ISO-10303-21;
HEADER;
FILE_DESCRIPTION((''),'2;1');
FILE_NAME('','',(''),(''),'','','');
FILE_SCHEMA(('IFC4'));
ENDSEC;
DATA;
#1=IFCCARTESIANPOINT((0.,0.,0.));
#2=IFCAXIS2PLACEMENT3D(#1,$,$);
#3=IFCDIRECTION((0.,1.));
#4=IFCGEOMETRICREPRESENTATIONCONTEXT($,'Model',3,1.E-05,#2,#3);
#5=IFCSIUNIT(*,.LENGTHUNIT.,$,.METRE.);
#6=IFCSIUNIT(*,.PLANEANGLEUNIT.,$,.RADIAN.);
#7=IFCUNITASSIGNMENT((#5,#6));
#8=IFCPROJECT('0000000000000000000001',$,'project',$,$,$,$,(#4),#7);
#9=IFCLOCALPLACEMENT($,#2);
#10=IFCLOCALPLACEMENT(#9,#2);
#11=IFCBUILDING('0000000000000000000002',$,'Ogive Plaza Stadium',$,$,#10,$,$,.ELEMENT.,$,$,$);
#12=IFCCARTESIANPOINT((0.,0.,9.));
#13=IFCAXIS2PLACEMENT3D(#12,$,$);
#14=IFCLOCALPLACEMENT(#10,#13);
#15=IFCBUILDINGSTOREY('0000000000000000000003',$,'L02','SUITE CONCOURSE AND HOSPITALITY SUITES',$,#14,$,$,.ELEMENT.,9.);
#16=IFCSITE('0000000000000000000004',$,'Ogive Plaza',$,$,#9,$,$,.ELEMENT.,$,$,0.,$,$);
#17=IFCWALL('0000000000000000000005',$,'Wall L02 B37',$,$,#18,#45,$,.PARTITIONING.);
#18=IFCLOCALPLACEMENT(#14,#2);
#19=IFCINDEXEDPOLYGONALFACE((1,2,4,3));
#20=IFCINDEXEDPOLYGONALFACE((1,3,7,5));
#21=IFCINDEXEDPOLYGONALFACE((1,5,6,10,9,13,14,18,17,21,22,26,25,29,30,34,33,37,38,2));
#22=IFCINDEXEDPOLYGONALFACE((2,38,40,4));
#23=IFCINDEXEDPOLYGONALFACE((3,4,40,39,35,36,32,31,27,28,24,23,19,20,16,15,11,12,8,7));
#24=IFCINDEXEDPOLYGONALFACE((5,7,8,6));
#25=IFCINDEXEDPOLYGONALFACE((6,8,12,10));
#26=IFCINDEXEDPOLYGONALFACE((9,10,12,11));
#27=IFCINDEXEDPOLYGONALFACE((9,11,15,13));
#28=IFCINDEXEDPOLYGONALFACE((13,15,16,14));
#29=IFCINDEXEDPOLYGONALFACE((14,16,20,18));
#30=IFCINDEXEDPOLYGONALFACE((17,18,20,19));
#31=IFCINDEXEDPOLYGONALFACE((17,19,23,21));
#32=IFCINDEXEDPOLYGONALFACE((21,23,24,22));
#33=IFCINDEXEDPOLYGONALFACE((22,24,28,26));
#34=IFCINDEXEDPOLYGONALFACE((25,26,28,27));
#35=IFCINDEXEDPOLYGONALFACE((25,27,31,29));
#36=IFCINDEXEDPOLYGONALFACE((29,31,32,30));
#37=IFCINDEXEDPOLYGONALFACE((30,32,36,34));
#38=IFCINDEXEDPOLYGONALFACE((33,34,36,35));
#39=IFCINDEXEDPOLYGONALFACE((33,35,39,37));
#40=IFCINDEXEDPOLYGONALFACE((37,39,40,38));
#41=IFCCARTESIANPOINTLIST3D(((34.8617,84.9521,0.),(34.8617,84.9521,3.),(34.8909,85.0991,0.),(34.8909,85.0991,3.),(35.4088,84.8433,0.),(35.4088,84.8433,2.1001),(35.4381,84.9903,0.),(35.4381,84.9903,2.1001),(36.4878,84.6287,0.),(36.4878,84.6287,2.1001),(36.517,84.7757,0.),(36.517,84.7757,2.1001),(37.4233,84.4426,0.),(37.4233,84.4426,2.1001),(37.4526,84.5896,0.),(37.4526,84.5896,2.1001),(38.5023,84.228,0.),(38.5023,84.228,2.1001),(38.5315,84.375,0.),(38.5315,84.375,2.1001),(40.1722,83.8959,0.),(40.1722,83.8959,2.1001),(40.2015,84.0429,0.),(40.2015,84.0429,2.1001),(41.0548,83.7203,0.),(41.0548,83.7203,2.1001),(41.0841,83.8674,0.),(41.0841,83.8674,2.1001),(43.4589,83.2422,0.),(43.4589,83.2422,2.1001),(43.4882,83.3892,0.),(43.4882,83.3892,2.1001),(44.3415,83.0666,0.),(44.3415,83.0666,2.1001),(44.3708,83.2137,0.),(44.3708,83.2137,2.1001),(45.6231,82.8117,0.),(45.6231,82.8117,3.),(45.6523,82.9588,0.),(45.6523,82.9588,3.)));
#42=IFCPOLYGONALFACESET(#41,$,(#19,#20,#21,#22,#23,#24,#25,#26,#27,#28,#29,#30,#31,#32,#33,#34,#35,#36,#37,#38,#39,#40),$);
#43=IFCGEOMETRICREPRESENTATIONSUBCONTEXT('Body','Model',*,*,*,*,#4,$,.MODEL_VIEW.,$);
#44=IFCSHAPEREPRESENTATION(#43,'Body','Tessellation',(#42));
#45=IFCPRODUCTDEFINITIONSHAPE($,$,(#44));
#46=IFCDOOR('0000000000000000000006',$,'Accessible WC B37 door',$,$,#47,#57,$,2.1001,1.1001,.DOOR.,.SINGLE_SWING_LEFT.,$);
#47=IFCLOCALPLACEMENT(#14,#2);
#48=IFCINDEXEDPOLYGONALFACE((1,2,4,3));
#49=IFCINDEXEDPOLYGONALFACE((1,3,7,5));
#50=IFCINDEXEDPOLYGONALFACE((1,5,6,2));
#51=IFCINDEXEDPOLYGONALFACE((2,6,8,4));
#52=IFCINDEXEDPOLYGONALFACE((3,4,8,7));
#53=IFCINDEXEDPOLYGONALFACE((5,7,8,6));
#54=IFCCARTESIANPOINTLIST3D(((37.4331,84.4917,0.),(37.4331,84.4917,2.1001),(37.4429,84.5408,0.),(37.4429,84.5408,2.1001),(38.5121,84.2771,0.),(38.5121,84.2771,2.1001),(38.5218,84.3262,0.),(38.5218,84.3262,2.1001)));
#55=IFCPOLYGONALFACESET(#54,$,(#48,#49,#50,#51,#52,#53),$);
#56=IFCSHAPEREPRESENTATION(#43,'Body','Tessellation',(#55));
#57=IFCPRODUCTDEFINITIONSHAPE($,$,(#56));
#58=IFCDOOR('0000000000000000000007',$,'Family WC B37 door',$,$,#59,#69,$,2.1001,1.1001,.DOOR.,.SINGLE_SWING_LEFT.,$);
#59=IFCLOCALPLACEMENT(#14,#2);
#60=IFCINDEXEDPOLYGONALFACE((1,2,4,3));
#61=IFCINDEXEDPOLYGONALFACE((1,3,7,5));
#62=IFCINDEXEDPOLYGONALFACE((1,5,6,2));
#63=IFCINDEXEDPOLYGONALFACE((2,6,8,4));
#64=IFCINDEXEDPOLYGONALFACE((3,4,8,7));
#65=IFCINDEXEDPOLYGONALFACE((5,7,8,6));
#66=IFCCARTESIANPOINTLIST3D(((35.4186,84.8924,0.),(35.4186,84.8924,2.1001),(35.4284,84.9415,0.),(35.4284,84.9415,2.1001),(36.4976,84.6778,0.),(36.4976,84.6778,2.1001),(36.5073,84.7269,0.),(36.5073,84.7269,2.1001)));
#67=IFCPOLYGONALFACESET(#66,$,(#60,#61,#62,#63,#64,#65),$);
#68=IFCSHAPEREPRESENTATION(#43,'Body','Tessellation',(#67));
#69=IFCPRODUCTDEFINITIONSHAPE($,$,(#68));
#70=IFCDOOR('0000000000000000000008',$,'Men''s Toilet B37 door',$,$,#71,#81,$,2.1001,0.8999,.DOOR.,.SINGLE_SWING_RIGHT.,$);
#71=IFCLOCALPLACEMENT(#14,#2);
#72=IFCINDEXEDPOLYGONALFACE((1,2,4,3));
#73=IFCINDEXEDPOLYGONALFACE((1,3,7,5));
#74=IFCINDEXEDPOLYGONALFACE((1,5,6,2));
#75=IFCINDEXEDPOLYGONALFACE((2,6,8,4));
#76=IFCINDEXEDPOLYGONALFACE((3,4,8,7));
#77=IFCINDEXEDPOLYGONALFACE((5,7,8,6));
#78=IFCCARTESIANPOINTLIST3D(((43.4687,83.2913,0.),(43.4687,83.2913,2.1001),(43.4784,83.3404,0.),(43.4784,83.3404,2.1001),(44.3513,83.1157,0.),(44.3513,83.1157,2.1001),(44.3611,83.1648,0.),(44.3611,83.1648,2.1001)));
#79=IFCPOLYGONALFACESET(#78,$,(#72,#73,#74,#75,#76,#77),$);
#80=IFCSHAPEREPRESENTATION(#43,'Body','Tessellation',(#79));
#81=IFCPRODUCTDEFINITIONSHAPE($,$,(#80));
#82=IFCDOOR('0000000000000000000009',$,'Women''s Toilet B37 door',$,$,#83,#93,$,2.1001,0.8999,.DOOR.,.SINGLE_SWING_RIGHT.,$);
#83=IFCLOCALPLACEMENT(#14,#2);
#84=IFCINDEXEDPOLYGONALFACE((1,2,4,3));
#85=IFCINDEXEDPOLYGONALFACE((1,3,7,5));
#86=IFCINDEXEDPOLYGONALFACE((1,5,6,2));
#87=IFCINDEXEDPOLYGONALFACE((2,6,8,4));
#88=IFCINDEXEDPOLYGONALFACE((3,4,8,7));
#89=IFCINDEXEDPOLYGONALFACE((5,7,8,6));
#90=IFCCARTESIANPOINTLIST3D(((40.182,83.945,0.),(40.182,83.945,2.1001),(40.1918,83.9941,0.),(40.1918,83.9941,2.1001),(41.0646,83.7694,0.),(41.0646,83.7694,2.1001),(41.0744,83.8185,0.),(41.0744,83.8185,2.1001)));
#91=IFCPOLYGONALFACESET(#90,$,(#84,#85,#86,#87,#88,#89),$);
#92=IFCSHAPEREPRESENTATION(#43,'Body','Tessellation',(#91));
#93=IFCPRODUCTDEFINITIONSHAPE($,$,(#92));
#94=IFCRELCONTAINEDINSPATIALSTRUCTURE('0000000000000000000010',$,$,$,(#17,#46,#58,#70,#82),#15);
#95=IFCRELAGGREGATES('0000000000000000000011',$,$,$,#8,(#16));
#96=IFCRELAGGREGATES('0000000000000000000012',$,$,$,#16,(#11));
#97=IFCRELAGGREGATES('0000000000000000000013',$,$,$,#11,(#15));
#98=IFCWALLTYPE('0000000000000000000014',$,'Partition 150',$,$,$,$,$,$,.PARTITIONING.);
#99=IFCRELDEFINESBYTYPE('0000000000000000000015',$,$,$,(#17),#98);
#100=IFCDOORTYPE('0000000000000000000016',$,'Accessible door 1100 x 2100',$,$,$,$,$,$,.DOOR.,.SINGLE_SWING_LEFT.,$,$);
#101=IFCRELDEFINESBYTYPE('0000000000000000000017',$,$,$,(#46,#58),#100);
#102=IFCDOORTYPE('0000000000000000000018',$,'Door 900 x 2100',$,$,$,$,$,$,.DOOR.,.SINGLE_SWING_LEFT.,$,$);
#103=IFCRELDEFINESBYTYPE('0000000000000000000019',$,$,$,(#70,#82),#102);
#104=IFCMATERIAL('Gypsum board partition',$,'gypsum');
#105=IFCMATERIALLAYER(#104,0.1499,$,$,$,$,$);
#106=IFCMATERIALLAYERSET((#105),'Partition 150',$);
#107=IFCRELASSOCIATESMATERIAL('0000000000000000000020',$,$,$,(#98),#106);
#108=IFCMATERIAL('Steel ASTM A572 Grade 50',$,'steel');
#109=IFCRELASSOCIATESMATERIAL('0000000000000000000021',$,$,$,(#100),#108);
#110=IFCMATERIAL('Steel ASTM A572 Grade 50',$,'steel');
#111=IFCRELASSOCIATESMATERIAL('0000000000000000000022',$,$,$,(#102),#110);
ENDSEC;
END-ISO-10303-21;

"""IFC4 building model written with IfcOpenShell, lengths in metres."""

from ifc_helpers import new_model, si_unit, direction, frame, frame_2d, origin, place, context, subcontext, project, spatial, rectangle, extrude, material, layer, layer_set, type_object, element, fill, save


model = new_model("IFC4")

# Units and contexts
model_context = context("Model", 3, precision=1e-05, world=origin(), true_north=direction((0.0, 1.0)))
body_context = subcontext(model_context, "Body", "Model", "MODEL_VIEW")
ifc_project = project(units=[si_unit("LENGTHUNIT", "METRE"), si_unit("PLANEANGLEUNIT", "RADIAN")], contexts=[model_context])

# Site, building, storey
site_placement = place(None, origin())
site = spatial("IfcSite", under=ifc_project, at=site_placement, Name="Ogive Plaza", CompositionType="ELEMENT", RefElevation=0.0)
building_placement = place(site_placement, origin())
building = spatial("IfcBuilding", under=site, at=building_placement, Name="Ogive Plaza Stadium", CompositionType="ELEMENT")
storey_placement = place(building_placement, frame((0.0, 0.0, 9.0)))
storey = spatial("IfcBuildingStorey", under=building, at=storey_placement, Name="L02", Description="SUITE CONCOURSE AND HOSPITALITY SUITES", CompositionType="ELEMENT", Elevation=9.0)

# Wall, openings, doors
ifc_material_1 = material(Name="Gypsum board partition", Category="gypsum")
ifc_layer_1 = layer(ifc_material_1, 0.1499)
ifc_layer_set_1 = layer_set([ifc_layer_1], Name="Partition 150")
wall_type_1 = type_object("IfcWallType", Name="Partition 150", PredefinedType="PARTITIONING", material=ifc_layer_set_1)
wall_1_placement = place(storey_placement, frame((45.6377, 82.8853, 0.0), z_axis=(0.0, 0.0, 1.0), x_axis=(-0.980789, 0.195072, 0.0)))
wall_1 = element("IfcWall", 1, at=wall_1_placement, inside=storey, type_object=wall_type_1, Name="Wall L02 B37", PredefinedType="PARTITIONING", context=body_context, shape_type="SweptSolid", body=[
    extrude(rectangle(XDim=10.9722, YDim=0.1499, at=frame_2d((5.4861, 0.0))), origin(), (0.0, 0.0, 1.0), 3.0),
])
opening_1_placement = place(wall_1_placement, frame((1.3066, 0.0, 0.0)))
opening_1 = element("IfcOpeningElement", 2, at=opening_1_placement, cuts=wall_1, PredefinedType="OPENING", context=body_context, shape_type="SweptSolid", body=[
    extrude(rectangle(XDim=0.8999, YDim=2.1001, at=frame_2d((0.45, 1.05))), frame((0.0, 0.075, 0.0), z_axis=(0.0, -1.0, 0.0), x_axis=(1.0, 0.0, 0.0)), (0.0, 0.0, 1.0), 0.1499),
])
opening_2_placement = place(wall_1_placement, frame((4.6577, 0.0, 0.0)))
opening_2 = element("IfcOpeningElement", 3, at=opening_2_placement, cuts=wall_1, PredefinedType="OPENING", context=body_context, shape_type="SweptSolid", body=[
    extrude(rectangle(XDim=0.8999, YDim=2.1001, at=frame_2d((0.45, 1.05))), frame((0.0, 0.075, 0.0), z_axis=(0.0, -1.0, 0.0), x_axis=(1.0, 0.0, 0.0)), (0.0, 0.0, 1.0), 0.1499),
])
opening_3_placement = place(wall_1_placement, frame((7.2603, 0.0, 0.0)))
opening_3 = element("IfcOpeningElement", 4, at=opening_3_placement, cuts=wall_1, PredefinedType="OPENING", context=body_context, shape_type="SweptSolid", body=[
    extrude(rectangle(XDim=1.1001, YDim=2.1001, at=frame_2d((0.55, 1.05))), frame((0.0, 0.075, 0.0), z_axis=(0.0, -1.0, 0.0), x_axis=(1.0, 0.0, 0.0)), (0.0, 0.0, 1.0), 0.1499),
])
opening_4_placement = place(wall_1_placement, frame((9.3142, 0.0, 0.0)))
opening_4 = element("IfcOpeningElement", 5, at=opening_4_placement, cuts=wall_1, PredefinedType="OPENING", context=body_context, shape_type="SweptSolid", body=[
    extrude(rectangle(XDim=1.1001, YDim=2.1001, at=frame_2d((0.55, 1.05))), frame((0.0, 0.075, 0.0), z_axis=(0.0, -1.0, 0.0), x_axis=(1.0, 0.0, 0.0)), (0.0, 0.0, 1.0), 0.1499),
])
ifc_material_2 = material(Name="Steel ASTM A572 Grade 50", Category="steel")
door_type_1 = type_object("IfcDoorType", Name="Accessible door 1100 x 2100", OperationType="SINGLE_SWING_LEFT", PredefinedType="DOOR", material=ifc_material_2)
door_1_placement = place(opening_3_placement, origin())
door_1 = element("IfcDoor", 6, at=door_1_placement, inside=storey, type_object=door_type_1, Name="Accessible WC B37 door", OperationType="SINGLE_SWING_LEFT", OverallHeight=2.1001, OverallWidth=1.1001, PredefinedType="DOOR", context=body_context, shape_type="SweptSolid", body=[
    extrude(rectangle(XDim=1.1001, YDim=2.1001, at=frame_2d((0.55, 1.05))), frame((0.0, 0.0249, 0.0), z_axis=(0.0, -1.0, 0.0), x_axis=(1.0, 0.0, 0.0)), (0.0, 0.0, 1.0), 0.05),
])
fill(opening_3, door_1)
door_2_placement = place(opening_4_placement, origin())
door_2 = element("IfcDoor", 7, at=door_2_placement, inside=storey, type_object=door_type_1, Name="Family WC B37 door", OperationType="SINGLE_SWING_LEFT", OverallHeight=2.1001, OverallWidth=1.1001, PredefinedType="DOOR", context=body_context, shape_type="SweptSolid", body=[
    extrude(rectangle(XDim=1.1001, YDim=2.1001, at=frame_2d((0.55, 1.05))), frame((0.0, 0.0249, 0.0), z_axis=(0.0, -1.0, 0.0), x_axis=(1.0, 0.0, 0.0)), (0.0, 0.0, 1.0), 0.05),
])
fill(opening_4, door_2)
ifc_material_3 = material(Name="Steel ASTM A572 Grade 50", Category="steel")
door_type_2 = type_object("IfcDoorType", Name="Door 900 x 2100", OperationType="SINGLE_SWING_LEFT", PredefinedType="DOOR", material=ifc_material_3)
door_3_placement = place(opening_1_placement, origin())
door_3 = element("IfcDoor", 8, at=door_3_placement, inside=storey, type_object=door_type_2, Name="Men's Toilet B37 door", OperationType="SINGLE_SWING_RIGHT", OverallHeight=2.1001, OverallWidth=0.8999, PredefinedType="DOOR", context=body_context, shape_type="SweptSolid", body=[
    extrude(rectangle(XDim=0.8999, YDim=2.1001, at=frame_2d((0.45, 1.05))), frame((0.0, 0.0249, 0.0), z_axis=(0.0, -1.0, 0.0), x_axis=(1.0, 0.0, 0.0)), (0.0, 0.0, 1.0), 0.05),
])
fill(opening_1, door_3)
door_4_placement = place(opening_2_placement, origin())
door_4 = element("IfcDoor", 9, at=door_4_placement, inside=storey, type_object=door_type_2, Name="Women's Toilet B37 door", OperationType="SINGLE_SWING_RIGHT", OverallHeight=2.1001, OverallWidth=0.8999, PredefinedType="DOOR", context=body_context, shape_type="SweptSolid", body=[
    extrude(rectangle(XDim=0.8999, YDim=2.1001, at=frame_2d((0.45, 1.05))), frame((0.0, 0.0249, 0.0), z_axis=(0.0, -1.0, 0.0), x_axis=(1.0, 0.0, 0.0)), (0.0, 0.0, 1.0), 0.05),
])
fill(opening_2, door_4)

save(model, "model.ifc")
